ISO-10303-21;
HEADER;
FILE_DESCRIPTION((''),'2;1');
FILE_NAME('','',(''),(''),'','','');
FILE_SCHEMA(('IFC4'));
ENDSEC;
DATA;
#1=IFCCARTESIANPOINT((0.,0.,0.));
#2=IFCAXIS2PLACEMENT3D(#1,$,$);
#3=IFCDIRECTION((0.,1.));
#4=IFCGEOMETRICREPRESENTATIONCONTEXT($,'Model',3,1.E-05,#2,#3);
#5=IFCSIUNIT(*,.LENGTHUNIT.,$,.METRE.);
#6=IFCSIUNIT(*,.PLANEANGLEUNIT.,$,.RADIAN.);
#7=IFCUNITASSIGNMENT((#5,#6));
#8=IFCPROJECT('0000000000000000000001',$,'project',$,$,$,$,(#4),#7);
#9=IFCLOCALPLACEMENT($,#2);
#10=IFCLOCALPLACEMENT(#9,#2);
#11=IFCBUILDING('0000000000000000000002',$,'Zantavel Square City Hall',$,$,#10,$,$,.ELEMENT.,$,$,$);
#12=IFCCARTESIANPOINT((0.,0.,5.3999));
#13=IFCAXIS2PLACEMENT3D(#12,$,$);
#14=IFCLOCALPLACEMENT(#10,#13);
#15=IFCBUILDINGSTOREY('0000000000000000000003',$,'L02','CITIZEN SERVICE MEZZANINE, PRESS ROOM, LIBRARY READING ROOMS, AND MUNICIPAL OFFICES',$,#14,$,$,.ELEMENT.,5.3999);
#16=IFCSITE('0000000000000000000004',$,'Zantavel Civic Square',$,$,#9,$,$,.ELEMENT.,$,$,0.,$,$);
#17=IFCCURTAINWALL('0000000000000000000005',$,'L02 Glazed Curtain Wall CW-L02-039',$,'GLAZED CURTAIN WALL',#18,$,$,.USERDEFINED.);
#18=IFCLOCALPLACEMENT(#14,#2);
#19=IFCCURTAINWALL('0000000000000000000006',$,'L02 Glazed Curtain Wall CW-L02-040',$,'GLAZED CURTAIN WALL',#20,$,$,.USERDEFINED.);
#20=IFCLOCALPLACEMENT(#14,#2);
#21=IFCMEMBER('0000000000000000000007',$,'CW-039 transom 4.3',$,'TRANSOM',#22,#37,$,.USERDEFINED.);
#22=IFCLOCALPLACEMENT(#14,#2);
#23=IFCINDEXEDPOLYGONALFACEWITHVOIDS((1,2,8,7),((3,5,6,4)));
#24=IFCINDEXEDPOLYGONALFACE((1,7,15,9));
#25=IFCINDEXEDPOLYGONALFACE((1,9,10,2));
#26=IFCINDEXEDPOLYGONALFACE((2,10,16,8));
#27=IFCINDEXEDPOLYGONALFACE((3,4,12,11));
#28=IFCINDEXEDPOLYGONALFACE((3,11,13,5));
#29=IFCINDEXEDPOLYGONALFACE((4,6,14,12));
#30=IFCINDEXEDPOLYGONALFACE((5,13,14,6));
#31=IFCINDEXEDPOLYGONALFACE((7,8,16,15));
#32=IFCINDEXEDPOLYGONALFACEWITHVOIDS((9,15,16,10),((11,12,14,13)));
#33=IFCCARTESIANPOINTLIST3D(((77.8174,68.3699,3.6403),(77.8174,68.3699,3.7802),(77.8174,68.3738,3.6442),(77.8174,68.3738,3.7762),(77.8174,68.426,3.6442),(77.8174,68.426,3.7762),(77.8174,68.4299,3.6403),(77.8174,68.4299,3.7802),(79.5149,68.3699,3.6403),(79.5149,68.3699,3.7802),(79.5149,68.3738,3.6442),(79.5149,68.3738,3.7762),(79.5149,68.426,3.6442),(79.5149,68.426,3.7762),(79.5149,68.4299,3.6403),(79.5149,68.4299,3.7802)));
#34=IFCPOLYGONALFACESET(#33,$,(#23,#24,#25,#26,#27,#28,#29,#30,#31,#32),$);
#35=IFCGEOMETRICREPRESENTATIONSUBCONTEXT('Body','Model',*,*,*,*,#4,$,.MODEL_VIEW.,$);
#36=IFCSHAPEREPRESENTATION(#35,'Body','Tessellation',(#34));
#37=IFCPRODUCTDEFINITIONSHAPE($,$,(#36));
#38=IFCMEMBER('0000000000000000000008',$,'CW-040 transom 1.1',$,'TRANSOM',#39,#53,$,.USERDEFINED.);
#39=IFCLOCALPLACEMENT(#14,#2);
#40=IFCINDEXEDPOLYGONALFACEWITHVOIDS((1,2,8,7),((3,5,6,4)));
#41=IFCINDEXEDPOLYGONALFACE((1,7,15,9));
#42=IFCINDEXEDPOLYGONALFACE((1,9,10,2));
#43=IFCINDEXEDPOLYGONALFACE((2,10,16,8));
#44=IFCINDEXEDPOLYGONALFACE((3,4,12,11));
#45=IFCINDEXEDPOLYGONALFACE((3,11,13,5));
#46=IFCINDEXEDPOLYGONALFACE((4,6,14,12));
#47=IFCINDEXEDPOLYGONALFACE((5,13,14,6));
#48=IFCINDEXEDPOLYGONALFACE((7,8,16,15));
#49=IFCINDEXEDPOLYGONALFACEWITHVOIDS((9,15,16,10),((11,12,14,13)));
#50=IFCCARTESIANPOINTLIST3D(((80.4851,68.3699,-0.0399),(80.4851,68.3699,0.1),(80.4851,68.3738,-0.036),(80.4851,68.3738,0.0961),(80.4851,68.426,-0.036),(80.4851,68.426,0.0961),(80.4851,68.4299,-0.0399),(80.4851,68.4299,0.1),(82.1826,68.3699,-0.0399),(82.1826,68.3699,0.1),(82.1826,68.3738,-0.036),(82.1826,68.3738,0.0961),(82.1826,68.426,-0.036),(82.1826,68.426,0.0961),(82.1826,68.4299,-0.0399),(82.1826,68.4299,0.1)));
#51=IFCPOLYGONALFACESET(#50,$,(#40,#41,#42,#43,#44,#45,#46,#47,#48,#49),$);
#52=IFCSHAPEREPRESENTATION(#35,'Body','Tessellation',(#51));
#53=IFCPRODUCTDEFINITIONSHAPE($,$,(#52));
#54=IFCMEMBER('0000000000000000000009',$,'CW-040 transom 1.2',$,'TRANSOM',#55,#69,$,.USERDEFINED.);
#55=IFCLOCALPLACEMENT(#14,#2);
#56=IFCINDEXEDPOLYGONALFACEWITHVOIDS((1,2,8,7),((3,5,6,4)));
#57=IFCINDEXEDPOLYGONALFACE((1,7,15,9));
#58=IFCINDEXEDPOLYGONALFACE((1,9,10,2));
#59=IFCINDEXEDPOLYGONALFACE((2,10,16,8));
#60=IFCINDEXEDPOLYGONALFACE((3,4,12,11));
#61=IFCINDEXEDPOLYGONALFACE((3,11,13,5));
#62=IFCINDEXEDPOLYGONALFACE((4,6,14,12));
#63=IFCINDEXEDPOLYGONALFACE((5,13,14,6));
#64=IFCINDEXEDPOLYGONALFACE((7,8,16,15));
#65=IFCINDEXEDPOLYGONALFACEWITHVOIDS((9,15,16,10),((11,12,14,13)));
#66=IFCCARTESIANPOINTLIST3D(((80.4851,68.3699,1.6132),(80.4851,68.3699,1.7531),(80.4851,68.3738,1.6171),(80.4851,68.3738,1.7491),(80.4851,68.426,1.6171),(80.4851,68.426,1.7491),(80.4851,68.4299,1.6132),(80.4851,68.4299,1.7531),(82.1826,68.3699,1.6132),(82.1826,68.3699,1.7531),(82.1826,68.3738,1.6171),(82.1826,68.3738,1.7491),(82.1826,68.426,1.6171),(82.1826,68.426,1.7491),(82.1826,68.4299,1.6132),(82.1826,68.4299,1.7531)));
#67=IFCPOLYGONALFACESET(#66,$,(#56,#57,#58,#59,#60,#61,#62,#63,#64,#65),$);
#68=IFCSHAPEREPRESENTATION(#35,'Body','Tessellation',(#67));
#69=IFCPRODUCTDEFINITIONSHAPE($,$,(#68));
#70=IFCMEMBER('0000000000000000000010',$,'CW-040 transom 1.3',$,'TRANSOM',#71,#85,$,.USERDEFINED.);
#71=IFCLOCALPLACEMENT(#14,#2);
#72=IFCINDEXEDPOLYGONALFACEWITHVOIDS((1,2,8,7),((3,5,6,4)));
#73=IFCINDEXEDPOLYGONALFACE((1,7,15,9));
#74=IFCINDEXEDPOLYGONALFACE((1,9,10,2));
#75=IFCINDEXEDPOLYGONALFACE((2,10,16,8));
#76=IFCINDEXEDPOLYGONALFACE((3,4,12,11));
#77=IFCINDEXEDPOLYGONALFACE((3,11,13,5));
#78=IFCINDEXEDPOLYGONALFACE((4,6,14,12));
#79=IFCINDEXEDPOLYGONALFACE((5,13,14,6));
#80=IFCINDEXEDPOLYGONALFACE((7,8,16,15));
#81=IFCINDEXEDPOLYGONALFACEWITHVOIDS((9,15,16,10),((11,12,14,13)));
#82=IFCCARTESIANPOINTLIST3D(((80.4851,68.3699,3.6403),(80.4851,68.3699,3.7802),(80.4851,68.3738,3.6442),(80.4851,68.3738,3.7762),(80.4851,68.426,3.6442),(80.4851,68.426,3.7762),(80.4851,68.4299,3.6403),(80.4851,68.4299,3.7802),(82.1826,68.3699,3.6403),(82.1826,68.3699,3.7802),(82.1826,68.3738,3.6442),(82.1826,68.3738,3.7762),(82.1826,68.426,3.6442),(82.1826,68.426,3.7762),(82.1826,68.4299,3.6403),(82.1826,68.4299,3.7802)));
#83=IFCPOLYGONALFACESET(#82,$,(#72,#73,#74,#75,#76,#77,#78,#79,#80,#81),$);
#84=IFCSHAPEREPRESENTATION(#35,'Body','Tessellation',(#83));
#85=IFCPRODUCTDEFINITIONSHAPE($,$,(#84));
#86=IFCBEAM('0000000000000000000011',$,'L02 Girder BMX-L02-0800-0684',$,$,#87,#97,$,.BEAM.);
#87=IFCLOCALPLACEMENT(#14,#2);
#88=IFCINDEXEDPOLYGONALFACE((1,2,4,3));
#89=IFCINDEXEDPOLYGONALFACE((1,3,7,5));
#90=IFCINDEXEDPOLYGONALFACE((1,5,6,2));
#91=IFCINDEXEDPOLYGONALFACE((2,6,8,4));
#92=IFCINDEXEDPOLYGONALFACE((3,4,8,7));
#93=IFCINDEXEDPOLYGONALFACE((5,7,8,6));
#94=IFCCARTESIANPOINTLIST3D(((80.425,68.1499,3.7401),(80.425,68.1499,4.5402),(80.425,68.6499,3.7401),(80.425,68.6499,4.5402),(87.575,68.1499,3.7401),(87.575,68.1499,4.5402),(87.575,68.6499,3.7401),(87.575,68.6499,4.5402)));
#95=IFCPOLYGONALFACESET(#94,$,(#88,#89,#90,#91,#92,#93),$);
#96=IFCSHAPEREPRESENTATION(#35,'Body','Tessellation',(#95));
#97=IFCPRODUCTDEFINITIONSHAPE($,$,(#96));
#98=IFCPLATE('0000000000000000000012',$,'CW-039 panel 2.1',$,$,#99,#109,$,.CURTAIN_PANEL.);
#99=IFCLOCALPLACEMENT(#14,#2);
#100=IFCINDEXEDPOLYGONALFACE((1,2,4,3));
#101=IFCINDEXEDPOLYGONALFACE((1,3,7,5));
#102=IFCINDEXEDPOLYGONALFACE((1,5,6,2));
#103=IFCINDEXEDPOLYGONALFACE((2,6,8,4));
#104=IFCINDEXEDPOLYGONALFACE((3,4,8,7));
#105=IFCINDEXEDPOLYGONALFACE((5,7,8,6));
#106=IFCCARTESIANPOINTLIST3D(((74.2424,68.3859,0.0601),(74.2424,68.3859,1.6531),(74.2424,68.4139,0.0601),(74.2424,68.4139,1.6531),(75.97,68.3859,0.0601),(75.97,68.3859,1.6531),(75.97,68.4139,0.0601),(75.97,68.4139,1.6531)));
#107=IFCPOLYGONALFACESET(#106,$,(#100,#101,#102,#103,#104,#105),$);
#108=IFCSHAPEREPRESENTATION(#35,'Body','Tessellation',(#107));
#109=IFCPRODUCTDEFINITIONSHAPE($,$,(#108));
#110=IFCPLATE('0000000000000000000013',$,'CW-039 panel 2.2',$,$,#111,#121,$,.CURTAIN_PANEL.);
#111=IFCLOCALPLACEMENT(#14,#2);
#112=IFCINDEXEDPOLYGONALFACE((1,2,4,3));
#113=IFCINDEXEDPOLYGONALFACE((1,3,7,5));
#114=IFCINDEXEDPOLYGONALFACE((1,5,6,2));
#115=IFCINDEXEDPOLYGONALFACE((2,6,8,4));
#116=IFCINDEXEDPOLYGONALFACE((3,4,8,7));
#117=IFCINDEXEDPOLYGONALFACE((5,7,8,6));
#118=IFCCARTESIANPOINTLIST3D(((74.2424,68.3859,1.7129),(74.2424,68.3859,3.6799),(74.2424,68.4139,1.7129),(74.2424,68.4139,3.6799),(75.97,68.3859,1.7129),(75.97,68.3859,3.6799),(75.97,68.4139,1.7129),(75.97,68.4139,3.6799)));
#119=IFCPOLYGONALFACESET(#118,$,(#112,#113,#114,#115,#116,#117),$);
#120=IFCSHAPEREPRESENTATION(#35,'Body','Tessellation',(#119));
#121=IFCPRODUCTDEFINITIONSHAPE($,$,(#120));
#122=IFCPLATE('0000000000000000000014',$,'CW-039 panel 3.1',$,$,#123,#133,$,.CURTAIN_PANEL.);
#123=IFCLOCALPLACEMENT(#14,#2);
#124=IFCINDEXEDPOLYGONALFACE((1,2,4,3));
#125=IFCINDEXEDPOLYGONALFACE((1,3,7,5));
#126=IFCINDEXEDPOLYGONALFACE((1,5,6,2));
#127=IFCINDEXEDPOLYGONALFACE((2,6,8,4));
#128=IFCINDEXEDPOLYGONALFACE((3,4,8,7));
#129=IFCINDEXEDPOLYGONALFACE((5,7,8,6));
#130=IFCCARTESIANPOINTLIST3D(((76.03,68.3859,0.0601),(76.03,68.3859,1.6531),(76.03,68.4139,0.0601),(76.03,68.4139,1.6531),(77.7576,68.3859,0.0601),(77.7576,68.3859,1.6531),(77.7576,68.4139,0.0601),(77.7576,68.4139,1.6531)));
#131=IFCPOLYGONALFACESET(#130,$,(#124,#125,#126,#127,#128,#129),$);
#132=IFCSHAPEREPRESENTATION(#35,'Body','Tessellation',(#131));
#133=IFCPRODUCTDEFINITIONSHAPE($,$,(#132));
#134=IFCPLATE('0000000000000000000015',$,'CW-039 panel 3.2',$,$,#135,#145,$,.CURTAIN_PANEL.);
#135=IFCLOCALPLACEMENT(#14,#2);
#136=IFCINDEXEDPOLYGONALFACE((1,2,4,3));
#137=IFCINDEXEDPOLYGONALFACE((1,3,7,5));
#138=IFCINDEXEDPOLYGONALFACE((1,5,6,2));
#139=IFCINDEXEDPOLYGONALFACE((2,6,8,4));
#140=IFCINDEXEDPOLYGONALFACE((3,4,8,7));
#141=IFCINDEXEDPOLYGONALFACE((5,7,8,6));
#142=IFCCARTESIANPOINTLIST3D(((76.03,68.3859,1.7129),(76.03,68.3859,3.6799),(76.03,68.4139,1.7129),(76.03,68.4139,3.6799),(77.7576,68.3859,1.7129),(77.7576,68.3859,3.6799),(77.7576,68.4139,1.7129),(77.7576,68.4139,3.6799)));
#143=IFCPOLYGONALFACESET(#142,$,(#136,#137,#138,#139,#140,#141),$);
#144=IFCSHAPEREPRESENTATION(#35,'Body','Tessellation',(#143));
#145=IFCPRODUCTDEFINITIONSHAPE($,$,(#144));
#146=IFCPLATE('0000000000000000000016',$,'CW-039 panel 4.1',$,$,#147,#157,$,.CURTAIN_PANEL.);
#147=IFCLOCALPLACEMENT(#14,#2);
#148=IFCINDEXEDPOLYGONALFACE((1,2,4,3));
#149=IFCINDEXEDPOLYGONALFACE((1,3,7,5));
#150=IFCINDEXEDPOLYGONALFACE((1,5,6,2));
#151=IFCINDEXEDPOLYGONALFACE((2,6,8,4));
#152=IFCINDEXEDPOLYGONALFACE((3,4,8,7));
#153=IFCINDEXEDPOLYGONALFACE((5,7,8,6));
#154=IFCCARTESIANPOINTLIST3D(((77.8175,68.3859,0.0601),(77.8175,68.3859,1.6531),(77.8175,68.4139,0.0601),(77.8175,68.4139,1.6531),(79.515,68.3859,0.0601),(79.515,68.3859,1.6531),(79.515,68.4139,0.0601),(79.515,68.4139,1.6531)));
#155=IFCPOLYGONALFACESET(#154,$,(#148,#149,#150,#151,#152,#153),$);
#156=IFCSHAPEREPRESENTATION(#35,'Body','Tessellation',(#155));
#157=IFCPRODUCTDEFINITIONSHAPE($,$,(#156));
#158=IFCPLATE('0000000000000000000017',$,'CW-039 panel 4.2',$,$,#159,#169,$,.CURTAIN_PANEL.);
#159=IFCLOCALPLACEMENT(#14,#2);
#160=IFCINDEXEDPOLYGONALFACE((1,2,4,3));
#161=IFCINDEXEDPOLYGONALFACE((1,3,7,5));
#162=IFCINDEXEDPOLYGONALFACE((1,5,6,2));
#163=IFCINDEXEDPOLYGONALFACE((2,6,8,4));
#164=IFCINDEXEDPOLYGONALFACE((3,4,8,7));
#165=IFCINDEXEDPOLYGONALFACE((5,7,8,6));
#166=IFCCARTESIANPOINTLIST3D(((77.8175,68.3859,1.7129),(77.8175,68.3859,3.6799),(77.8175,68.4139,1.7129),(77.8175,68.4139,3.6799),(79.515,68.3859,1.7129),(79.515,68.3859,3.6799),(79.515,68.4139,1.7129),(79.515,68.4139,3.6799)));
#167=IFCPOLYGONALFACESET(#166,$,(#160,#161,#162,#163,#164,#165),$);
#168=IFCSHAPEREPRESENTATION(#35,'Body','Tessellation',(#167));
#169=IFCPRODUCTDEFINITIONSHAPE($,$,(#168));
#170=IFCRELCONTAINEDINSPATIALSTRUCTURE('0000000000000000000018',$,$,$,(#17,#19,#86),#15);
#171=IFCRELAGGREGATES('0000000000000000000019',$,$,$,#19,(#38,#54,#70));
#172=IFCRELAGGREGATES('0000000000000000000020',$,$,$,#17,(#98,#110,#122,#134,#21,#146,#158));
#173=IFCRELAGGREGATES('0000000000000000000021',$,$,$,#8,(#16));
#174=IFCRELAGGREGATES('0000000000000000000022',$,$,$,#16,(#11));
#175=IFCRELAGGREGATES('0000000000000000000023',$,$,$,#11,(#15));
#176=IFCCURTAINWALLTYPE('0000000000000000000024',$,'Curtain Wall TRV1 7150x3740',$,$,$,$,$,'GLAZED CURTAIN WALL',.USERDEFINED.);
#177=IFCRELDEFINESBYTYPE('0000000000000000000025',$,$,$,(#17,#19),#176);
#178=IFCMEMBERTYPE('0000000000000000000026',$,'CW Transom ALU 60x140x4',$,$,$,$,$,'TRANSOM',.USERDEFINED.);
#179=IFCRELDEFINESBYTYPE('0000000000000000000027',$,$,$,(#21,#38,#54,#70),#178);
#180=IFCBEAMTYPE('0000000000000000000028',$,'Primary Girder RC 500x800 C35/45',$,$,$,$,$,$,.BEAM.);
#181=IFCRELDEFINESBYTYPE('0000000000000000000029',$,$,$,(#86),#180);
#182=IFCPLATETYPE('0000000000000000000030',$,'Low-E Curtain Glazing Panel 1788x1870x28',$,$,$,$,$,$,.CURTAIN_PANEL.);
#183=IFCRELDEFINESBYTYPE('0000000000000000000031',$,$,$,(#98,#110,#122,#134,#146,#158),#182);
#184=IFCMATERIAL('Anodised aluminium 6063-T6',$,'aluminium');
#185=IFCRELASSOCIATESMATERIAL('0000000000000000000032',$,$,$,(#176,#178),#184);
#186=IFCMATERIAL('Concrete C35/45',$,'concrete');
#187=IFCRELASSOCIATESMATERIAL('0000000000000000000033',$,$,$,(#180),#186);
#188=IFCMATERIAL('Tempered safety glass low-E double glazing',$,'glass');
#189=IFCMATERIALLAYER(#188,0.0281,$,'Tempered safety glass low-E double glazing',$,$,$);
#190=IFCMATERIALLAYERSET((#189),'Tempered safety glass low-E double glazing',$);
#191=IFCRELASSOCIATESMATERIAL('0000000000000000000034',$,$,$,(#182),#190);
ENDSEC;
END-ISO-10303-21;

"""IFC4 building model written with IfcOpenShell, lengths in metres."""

from ifc_helpers import new_model, si_unit, direction, frame, origin, origin_2d, place, context, subcontext, project, spatial, rectangle, hollow_rectangle, extrude, material, layer, layer_set, material_profile, profile_set, type_object, element, aggregate, save


model = new_model("IFC4")

# Units and contexts
model_context = context("Model", 3, precision=1e-05, world=origin(), true_north=direction((0.0, 1.0)))
body_context = subcontext(model_context, "Body", "Model", "MODEL_VIEW")
ifc_project = project(units=[si_unit("LENGTHUNIT", "METRE"), si_unit("PLANEANGLEUNIT", "RADIAN")], contexts=[model_context])

# Site, building, storey
site_placement = place(None, origin())
site = spatial("IfcSite", under=ifc_project, at=site_placement, Name="Zantavel Civic Square", CompositionType="ELEMENT", RefElevation=0.0)
building_placement = place(site_placement, origin())
building = spatial("IfcBuilding", under=site, at=building_placement, Name="Zantavel Square City Hall", CompositionType="ELEMENT")
storey_placement = place(building_placement, frame((0.0, 0.0, 5.3999)))
storey = spatial("IfcBuildingStorey", under=building, at=storey_placement, Name="L02", Description="CITIZEN SERVICE MEZZANINE, PRESS ROOM, LIBRARY READING ROOMS, AND MUNICIPAL OFFICES", CompositionType="ELEMENT", Elevation=5.3999)

# Curtain wall
ifc_material_1 = material(Name="Anodised aluminium 6063-T6", Category="aluminium")
curtain_wall_type = type_object("IfcCurtainWallType", Name="Curtain Wall TRV1 7150x3740", ElementType="GLAZED CURTAIN WALL", PredefinedType="USERDEFINED", material=ifc_material_1)
curtain_wall_1_placement = place(storey_placement, origin())
curtain_wall_1 = element("IfcCurtainWall", 1, at=curtain_wall_1_placement, inside=storey, type_object=curtain_wall_type, Name="L02 Glazed Curtain Wall CW-L02-039", ObjectType="GLAZED CURTAIN WALL", PredefinedType="USERDEFINED")

# Curtain wall
curtain_wall_2_placement = place(storey_placement, origin())
curtain_wall_2 = element("IfcCurtainWall", 2, at=curtain_wall_2_placement, inside=storey, type_object=curtain_wall_type, Name="L02 Glazed Curtain Wall CW-L02-040", ObjectType="GLAZED CURTAIN WALL", PredefinedType="USERDEFINED")

# Members
ifc_material_profile_1 = material_profile(ifc_material_1, hollow_rectangle(XDim=0.0601, YDim=0.1399, WallThickness=0.0039, at=origin_2d()), Name="ALU 60x140x4")
ifc_profile_set_1 = profile_set([ifc_material_profile_1], Name="Anodised aluminium 6063-T6")
member_type_1 = type_object("IfcMemberType", Name="CW Transom ALU 60x140x4", ElementType="TRANSOM", PredefinedType="USERDEFINED", material=ifc_profile_set_1)
member_1_placement = place(storey_placement, frame((77.8174, 68.3999, 3.7102), z_axis=(1.0, 0.0, 0.0), x_axis=(0.0, 1.0, 0.0)))
member_1 = element("IfcMember", 3, at=member_1_placement, type_object=member_type_1, Name="CW-039 transom 4.3", ObjectType="TRANSOM", PredefinedType="USERDEFINED", context=body_context, shape_type="SweptSolid", body=[
    extrude(hollow_rectangle(XDim=0.0601, YDim=0.1399, WallThickness=0.0039, at=origin_2d()), origin(), (0.0, 0.0, 1.0), 1.6975),
])
member_2_placement = place(storey_placement, frame((80.4851, 68.3999, 0.03), z_axis=(1.0, 0.0, 0.0), x_axis=(0.0, 1.0, 0.0)))
member_2 = element("IfcMember", 4, at=member_2_placement, type_object=member_type_1, Name="CW-040 transom 1.1", ObjectType="TRANSOM", PredefinedType="USERDEFINED", context=body_context, shape_type="SweptSolid", body=[
    extrude(hollow_rectangle(XDim=0.0601, YDim=0.1399, WallThickness=0.0039, at=origin_2d()), origin(), (0.0, 0.0, 1.0), 1.6975),
])
member_3_placement = place(storey_placement, frame((80.4851, 68.3999, 1.6831), z_axis=(1.0, 0.0, 0.0), x_axis=(0.0, 1.0, 0.0)))
member_3 = element("IfcMember", 5, at=member_3_placement, type_object=member_type_1, Name="CW-040 transom 1.2", ObjectType="TRANSOM", PredefinedType="USERDEFINED", context=body_context, shape_type="SweptSolid", body=[
    extrude(hollow_rectangle(XDim=0.0601, YDim=0.1399, WallThickness=0.0039, at=origin_2d()), origin(), (0.0, 0.0, 1.0), 1.6975),
])
member_4_placement = place(storey_placement, frame((80.4851, 68.3999, 3.7102), z_axis=(1.0, 0.0, 0.0), x_axis=(0.0, 1.0, 0.0)))
member_4 = element("IfcMember", 6, at=member_4_placement, type_object=member_type_1, Name="CW-040 transom 1.3", ObjectType="TRANSOM", PredefinedType="USERDEFINED", context=body_context, shape_type="SweptSolid", body=[
    extrude(hollow_rectangle(XDim=0.0601, YDim=0.1399, WallThickness=0.0039, at=origin_2d()), origin(), (0.0, 0.0, 1.0), 1.6975),
])
aggregate(curtain_wall_2, [member_2, member_3, member_4])

# Beam
ifc_material_2 = material(Name="Concrete C35/45", Category="concrete")
ifc_material_profile_2 = material_profile(ifc_material_2, rectangle(XDim=0.5, YDim=0.8, at=origin_2d()), Name="RC 500x800")
ifc_profile_set_2 = profile_set([ifc_material_profile_2], Name="Concrete C35/45")
beam_type = type_object("IfcBeamType", Name="Primary Girder RC 500x800 C35/45", PredefinedType="BEAM", material=ifc_profile_set_2)
beam_placement = place(storey_placement, frame((80.425, 68.3999, 4.1401), z_axis=(1.0, 0.0, 0.0), x_axis=(0.0, 1.0, 0.0)))
element("IfcBeam", 7, at=beam_placement, inside=storey, type_object=beam_type, Name="L02 Girder BMX-L02-0800-0684", PredefinedType="BEAM", context=body_context, shape_type="SweptSolid", body=[
    extrude(rectangle(XDim=0.5, YDim=0.8, at=origin_2d()), origin(), (0.0, 0.0, 1.0), 7.1499),
])

# Plates
ifc_material_3 = material(Name="Tempered safety glass low-E double glazing", Category="glass")
ifc_layer = layer(ifc_material_3, 0.0281, Name="Tempered safety glass low-E double glazing")
ifc_layer_set = layer_set([ifc_layer], Name="Tempered safety glass low-E double glazing")
plate_type = type_object("IfcPlateType", Name="Low-E Curtain Glazing Panel 1788x1870x28", PredefinedType="CURTAIN_PANEL", material=ifc_layer_set)
plate_1_placement = place(storey_placement, frame((75.1062, 68.3999, 0.0601), z_axis=(0.0, 0.0, 1.0), x_axis=(1.0, 0.0, 0.0)))
plate_1 = element("IfcPlate", 8, at=plate_1_placement, type_object=plate_type, Name="CW-039 panel 2.1", PredefinedType="CURTAIN_PANEL", context=body_context, shape_type="SweptSolid", body=[
    extrude(rectangle(XDim=1.7275, YDim=0.0281, at=origin_2d()), origin(), (0.0, 0.0, 1.0), 1.593),
])
plate_2_placement = place(storey_placement, frame((75.1062, 68.3999, 1.7129), z_axis=(0.0, 0.0, 1.0), x_axis=(1.0, 0.0, 0.0)))
plate_2 = element("IfcPlate", 9, at=plate_2_placement, type_object=plate_type, Name="CW-039 panel 2.2", PredefinedType="CURTAIN_PANEL", context=body_context, shape_type="SweptSolid", body=[
    extrude(rectangle(XDim=1.7275, YDim=0.0281, at=origin_2d()), origin(), (0.0, 0.0, 1.0), 1.967),
])
plate_3_placement = place(storey_placement, frame((76.8938, 68.3999, 0.0601), z_axis=(0.0, 0.0, 1.0), x_axis=(1.0, 0.0, 0.0)))
plate_3 = element("IfcPlate", 10, at=plate_3_placement, type_object=plate_type, Name="CW-039 panel 3.1", PredefinedType="CURTAIN_PANEL", context=body_context, shape_type="SweptSolid", body=[
    extrude(rectangle(XDim=1.7275, YDim=0.0281, at=origin_2d()), origin(), (0.0, 0.0, 1.0), 1.593),
])
plate_4_placement = place(storey_placement, frame((76.8938, 68.3999, 1.7129), z_axis=(0.0, 0.0, 1.0), x_axis=(1.0, 0.0, 0.0)))
plate_4 = element("IfcPlate", 11, at=plate_4_placement, type_object=plate_type, Name="CW-039 panel 3.2", PredefinedType="CURTAIN_PANEL", context=body_context, shape_type="SweptSolid", body=[
    extrude(rectangle(XDim=1.7275, YDim=0.0281, at=origin_2d()), origin(), (0.0, 0.0, 1.0), 1.967),
])
plate_5_placement = place(storey_placement, frame((78.6663, 68.3999, 0.0601), z_axis=(0.0, 0.0, 1.0), x_axis=(1.0, 0.0, 0.0)))
plate_5 = element("IfcPlate", 12, at=plate_5_placement, type_object=plate_type, Name="CW-039 panel 4.1", PredefinedType="CURTAIN_PANEL", context=body_context, shape_type="SweptSolid", body=[
    extrude(rectangle(XDim=1.6975, YDim=0.0281, at=origin_2d()), origin(), (0.0, 0.0, 1.0), 1.593),
])
plate_6_placement = place(storey_placement, frame((78.6663, 68.3999, 1.7129), z_axis=(0.0, 0.0, 1.0), x_axis=(1.0, 0.0, 0.0)))
plate_6 = element("IfcPlate", 13, at=plate_6_placement, type_object=plate_type, Name="CW-039 panel 4.2", PredefinedType="CURTAIN_PANEL", context=body_context, shape_type="SweptSolid", body=[
    extrude(rectangle(XDim=1.6975, YDim=0.0281, at=origin_2d()), origin(), (0.0, 0.0, 1.0), 1.967),
])
aggregate(curtain_wall_1, [plate_1, plate_2, plate_3, plate_4, member_1, plate_5, plate_6])

save(model, "model.ifc")
